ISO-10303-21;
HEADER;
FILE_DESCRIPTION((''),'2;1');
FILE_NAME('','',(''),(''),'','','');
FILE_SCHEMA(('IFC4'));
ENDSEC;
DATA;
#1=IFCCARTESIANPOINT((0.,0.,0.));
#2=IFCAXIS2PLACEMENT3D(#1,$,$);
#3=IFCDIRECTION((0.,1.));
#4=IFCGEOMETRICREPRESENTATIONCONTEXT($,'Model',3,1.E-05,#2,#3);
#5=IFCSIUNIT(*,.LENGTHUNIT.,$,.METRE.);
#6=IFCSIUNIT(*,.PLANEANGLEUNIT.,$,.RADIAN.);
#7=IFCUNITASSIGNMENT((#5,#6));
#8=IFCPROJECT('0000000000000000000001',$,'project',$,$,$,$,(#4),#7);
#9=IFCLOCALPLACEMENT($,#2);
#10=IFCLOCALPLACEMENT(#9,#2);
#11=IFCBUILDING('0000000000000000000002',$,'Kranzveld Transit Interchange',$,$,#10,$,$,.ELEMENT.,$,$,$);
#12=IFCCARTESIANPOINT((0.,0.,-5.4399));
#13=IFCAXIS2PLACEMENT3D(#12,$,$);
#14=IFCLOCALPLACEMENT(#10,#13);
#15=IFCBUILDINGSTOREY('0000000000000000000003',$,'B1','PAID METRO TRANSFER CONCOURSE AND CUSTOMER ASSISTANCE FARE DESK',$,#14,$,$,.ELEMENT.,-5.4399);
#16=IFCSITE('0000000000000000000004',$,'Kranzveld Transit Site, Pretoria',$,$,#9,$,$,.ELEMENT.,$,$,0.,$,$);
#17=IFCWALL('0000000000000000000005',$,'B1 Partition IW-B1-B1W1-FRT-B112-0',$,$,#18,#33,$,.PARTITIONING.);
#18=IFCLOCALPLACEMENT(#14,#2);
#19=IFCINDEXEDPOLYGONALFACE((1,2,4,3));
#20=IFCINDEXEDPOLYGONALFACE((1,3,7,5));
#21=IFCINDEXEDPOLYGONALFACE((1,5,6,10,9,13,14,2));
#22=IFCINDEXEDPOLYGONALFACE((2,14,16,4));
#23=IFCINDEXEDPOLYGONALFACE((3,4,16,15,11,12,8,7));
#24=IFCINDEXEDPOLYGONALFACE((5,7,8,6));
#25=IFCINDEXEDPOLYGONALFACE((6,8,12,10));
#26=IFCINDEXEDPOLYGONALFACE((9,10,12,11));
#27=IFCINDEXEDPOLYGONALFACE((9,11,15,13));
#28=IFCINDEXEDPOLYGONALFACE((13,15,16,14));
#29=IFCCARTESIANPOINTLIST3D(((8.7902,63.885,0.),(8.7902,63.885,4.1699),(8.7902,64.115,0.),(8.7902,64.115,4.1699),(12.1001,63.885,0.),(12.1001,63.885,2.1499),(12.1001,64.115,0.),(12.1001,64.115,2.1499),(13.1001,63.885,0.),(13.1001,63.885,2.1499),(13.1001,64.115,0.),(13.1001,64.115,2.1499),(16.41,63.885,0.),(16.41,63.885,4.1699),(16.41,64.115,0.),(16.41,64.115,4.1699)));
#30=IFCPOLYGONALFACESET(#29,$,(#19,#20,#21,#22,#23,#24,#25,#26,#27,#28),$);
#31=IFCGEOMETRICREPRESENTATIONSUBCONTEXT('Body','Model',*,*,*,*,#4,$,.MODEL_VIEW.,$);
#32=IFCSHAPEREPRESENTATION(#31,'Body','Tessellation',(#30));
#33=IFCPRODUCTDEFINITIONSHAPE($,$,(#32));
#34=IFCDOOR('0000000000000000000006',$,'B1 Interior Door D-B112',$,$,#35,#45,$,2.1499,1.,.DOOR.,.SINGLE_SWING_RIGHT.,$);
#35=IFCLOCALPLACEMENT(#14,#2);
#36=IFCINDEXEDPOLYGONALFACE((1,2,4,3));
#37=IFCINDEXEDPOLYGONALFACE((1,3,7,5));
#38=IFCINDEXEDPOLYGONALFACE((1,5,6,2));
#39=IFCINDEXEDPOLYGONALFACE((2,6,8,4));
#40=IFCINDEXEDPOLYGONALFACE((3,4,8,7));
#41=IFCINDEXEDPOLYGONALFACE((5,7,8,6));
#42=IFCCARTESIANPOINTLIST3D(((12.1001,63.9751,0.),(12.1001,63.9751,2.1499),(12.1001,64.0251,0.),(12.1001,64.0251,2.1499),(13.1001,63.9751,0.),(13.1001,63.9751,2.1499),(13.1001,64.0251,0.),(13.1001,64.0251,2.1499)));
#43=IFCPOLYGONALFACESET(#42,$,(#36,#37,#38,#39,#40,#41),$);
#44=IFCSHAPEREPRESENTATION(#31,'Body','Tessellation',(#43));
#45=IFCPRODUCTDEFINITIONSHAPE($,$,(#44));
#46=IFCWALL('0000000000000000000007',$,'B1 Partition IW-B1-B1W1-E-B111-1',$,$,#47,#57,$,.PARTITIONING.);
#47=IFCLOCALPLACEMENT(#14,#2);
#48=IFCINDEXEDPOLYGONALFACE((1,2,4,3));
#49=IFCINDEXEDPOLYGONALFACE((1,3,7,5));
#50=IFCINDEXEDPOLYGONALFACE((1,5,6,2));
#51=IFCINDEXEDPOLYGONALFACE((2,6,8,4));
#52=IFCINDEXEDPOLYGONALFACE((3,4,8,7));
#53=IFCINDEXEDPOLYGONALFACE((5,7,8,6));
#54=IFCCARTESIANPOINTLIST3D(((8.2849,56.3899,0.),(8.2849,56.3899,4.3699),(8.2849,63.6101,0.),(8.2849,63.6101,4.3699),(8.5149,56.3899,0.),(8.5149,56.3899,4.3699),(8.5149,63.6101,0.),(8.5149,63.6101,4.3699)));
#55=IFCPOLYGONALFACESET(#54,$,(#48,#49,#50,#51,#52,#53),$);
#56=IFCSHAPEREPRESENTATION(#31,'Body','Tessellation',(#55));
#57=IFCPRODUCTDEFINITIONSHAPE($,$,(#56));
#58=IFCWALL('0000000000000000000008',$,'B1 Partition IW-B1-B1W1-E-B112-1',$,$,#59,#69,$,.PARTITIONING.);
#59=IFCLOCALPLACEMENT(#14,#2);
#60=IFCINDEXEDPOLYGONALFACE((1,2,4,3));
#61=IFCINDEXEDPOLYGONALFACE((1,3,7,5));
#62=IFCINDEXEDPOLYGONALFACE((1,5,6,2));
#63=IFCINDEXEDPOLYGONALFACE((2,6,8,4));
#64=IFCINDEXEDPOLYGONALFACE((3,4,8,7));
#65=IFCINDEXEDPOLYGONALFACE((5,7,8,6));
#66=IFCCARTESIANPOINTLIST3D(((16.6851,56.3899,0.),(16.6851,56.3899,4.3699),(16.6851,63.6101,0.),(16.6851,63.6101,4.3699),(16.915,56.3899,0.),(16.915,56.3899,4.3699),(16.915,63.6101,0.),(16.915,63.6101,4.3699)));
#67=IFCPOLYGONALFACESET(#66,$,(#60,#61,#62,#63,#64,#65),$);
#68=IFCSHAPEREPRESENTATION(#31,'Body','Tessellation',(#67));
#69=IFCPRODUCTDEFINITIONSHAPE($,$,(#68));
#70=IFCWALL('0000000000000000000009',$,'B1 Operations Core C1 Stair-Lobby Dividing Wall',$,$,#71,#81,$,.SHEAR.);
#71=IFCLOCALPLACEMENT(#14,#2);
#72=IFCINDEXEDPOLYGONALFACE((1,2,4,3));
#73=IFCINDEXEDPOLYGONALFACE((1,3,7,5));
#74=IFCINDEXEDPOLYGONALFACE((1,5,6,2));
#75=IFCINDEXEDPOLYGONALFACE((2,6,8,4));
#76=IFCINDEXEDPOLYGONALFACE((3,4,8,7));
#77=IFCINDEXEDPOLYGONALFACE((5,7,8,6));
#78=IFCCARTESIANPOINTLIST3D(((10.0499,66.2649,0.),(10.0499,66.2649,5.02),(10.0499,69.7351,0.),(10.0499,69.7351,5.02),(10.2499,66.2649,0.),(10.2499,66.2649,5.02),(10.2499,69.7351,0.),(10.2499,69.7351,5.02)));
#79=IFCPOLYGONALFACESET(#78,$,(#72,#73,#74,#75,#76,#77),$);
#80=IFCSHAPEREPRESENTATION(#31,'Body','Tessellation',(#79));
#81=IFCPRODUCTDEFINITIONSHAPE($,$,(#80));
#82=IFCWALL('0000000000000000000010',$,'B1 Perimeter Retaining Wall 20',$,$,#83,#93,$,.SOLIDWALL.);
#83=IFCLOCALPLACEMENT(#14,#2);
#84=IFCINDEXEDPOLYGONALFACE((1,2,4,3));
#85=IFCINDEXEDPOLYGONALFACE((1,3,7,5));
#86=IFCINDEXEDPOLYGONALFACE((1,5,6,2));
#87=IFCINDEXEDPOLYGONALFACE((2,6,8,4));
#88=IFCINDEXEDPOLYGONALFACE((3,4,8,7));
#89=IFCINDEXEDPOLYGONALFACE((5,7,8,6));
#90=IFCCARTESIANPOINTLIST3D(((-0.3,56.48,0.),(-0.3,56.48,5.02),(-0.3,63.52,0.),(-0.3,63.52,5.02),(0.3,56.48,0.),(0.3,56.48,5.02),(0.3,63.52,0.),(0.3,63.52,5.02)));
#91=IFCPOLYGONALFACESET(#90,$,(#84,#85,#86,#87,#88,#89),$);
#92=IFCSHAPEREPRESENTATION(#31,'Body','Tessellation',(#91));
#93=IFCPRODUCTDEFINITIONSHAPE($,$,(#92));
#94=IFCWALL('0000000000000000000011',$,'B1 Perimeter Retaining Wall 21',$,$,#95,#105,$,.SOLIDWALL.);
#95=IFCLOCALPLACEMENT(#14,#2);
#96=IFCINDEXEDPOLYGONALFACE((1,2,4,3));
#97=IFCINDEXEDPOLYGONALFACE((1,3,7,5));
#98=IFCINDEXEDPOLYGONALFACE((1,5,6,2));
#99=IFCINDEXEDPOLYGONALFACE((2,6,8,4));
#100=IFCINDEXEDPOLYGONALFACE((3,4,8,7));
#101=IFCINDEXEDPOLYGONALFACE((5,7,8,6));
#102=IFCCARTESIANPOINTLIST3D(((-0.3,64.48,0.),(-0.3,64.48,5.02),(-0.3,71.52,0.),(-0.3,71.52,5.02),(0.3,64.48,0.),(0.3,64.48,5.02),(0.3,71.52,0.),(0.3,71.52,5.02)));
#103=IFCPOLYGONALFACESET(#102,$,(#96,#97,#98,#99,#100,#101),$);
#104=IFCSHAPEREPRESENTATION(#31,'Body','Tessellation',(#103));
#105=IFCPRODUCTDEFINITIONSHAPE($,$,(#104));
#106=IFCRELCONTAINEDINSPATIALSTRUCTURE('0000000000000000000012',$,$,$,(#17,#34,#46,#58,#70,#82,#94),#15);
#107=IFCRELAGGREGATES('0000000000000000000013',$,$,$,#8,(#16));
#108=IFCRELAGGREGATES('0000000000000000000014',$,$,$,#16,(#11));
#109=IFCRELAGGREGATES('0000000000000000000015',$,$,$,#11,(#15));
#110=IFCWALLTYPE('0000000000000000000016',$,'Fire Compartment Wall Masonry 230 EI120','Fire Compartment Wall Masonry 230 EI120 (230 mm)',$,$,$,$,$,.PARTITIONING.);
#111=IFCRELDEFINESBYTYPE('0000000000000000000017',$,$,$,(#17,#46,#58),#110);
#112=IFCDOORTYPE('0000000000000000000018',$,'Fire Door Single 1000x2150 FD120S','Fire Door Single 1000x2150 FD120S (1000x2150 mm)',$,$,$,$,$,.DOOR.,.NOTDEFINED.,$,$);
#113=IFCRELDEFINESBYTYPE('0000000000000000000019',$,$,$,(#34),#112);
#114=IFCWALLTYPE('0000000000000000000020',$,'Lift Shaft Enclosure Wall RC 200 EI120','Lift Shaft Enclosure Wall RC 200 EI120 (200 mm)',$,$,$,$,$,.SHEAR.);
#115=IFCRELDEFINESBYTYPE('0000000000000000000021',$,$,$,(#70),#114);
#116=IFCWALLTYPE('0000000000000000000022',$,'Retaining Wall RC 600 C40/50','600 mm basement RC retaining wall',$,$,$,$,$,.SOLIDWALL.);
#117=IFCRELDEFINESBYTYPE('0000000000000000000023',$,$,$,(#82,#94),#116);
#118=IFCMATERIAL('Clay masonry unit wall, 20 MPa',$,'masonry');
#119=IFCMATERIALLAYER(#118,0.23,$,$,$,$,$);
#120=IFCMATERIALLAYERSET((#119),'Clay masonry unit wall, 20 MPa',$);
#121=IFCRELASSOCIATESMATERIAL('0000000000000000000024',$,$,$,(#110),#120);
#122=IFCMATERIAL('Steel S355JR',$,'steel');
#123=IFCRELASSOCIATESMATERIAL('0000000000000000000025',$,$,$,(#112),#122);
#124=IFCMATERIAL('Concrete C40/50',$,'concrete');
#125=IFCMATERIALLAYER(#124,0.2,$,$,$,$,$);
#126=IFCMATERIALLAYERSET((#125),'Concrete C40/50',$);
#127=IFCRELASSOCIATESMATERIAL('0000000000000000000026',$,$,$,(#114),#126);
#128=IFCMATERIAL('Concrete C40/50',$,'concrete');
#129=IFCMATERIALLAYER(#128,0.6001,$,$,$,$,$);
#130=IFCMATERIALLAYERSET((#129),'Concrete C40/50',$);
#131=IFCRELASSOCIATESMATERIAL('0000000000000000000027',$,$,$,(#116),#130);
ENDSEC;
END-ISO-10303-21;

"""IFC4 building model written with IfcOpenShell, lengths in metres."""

from ifc_helpers import new_model, si_unit, direction, frame, frame_2d, origin, place, context, subcontext, project, spatial, rectangle, extrude, material, layer, layer_set, type_object, element, fill, save


model = new_model("IFC4")

# Units and contexts
model_context = context("Model", 3, precision=1e-05, world=origin(), true_north=direction((0.0, 1.0)))
body_context = subcontext(model_context, "Body", "Model", "MODEL_VIEW")
ifc_project = project(units=[si_unit("LENGTHUNIT", "METRE"), si_unit("PLANEANGLEUNIT", "RADIAN")], contexts=[model_context])

# Site, building, storey
site_placement = place(None, origin())
site = spatial("IfcSite", under=ifc_project, at=site_placement, Name="Kranzveld Transit Site, Pretoria", CompositionType="ELEMENT", RefElevation=0.0)
building_placement = place(site_placement, origin())
building = spatial("IfcBuilding", under=site, at=building_placement, Name="Kranzveld Transit Interchange", CompositionType="ELEMENT")
storey_placement = place(building_placement, frame((0.0, 0.0, -5.4399)))
storey = spatial("IfcBuildingStorey", under=building, at=storey_placement, Name="B1", Description="PAID METRO TRANSFER CONCOURSE AND CUSTOMER ASSISTANCE FARE DESK", CompositionType="ELEMENT", Elevation=-5.4399)

# Wall, opening, door
ifc_material_1 = material(Name="Clay masonry unit wall, 20 MPa", Category="masonry")
ifc_layer_1 = layer(ifc_material_1, 0.23)
ifc_layer_set_1 = layer_set([ifc_layer_1], Name="Clay masonry unit wall, 20 MPa")
wall_type_1 = type_object("IfcWallType", Name="Fire Compartment Wall Masonry 230 EI120", Description="Fire Compartment Wall Masonry 230 EI120 (230 mm)", PredefinedType="PARTITIONING", material=ifc_layer_set_1)
wall_1_placement = place(storey_placement, frame((8.79, 64.0, 0.0), z_axis=(0.0, 0.0, 1.0), x_axis=(1.0, 0.0, 0.0)))
wall_1 = element("IfcWall", 1, at=wall_1_placement, inside=storey, type_object=wall_type_1, Name="B1 Partition IW-B1-B1W1-FRT-B112-0", PredefinedType="PARTITIONING", context=body_context, shape_type="SweptSolid", body=[
    extrude(rectangle(XDim=7.6199, YDim=0.23, at=frame_2d((3.8101, 0.0))), origin(), (0.0, 0.0, 1.0), 4.1699),
])
opening_1_placement = place(wall_1_placement, frame((4.3101, 0.0, 0.0), z_axis=(0.0, 0.0, 1.0), x_axis=(-1.0, 0.0, 0.0)))
opening_1 = element("IfcOpeningElement", 2, at=opening_1_placement, cuts=wall_1, PredefinedType="OPENING", context=body_context, shape_type="SweptSolid", body=[
    extrude(rectangle(XDim=1.0, YDim=2.1499, at=frame_2d((0.5, 1.075))), frame((0.0, 0.125, 0.0), z_axis=(0.0, -1.0, 0.0), x_axis=(1.0, 0.0, 0.0)), (0.0, 0.0, 1.0), 0.25),
])
ifc_material_2 = material(Name="Steel S355JR", Category="steel")
door_type_1 = type_object("IfcDoorType", Name="Fire Door Single 1000x2150 FD120S", Description="Fire Door Single 1000x2150 FD120S (1000x2150 mm)", OperationType="NOTDEFINED", PredefinedType="DOOR", material=ifc_material_2)
door_1_placement = place(opening_1_placement, origin())
door_1 = element("IfcDoor", 3, at=door_1_placement, inside=storey, type_object=door_type_1, Name="B1 Interior Door D-B112", OperationType="SINGLE_SWING_RIGHT", OverallHeight=2.1499, OverallWidth=1.0, PredefinedType="DOOR", context=body_context, shape_type="SweptSolid", body=[
    extrude(rectangle(XDim=1.0, YDim=2.1499, at=frame_2d((0.5, 1.075))), frame((0.0, 0.0249, 0.0), z_axis=(0.0, -1.0, 0.0), x_axis=(1.0, 0.0, 0.0)), (0.0, 0.0, 1.0), 0.05),
])
fill(opening_1, door_1)

# Walls
for number, where, z_axis, x_axis, name in (
    (4, (8.3999, 56.3899, 0.0), (0.0, 0.0, 1.0), (0.0, 1.0, 0.0), "B1 Partition IW-B1-B1W1-E-B111-1"),
    (5, (16.8, 56.3899, 0.0), (0.0, 0.0, 1.0), (0.0, 1.0, 0.0), "B1 Partition IW-B1-B1W1-E-B112-1"),
):
    element("IfcWall", number, at=place(storey_placement, frame(where, z_axis=z_axis, x_axis=x_axis)), inside=storey, type_object=wall_type_1, Name=name, PredefinedType="PARTITIONING", context=body_context, shape_type="SweptSolid", body=[
        extrude(rectangle(XDim=7.2202, YDim=0.23, at=frame_2d((3.6101, 0.0))), origin(), (0.0, 0.0, 1.0), 4.3699),
    ])
ifc_material_3 = material(Name="Concrete C40/50", Category="concrete")
ifc_layer_2 = layer(ifc_material_3, 0.2)
ifc_layer_set_2 = layer_set([ifc_layer_2], Name="Concrete C40/50")
wall_type_2 = type_object("IfcWallType", Name="Lift Shaft Enclosure Wall RC 200 EI120", Description="Lift Shaft Enclosure Wall RC 200 EI120 (200 mm)", PredefinedType="SHEAR", material=ifc_layer_set_2)
wall_2_placement = place(storey_placement, frame((10.1499, 66.2649, 0.0), z_axis=(0.0, 0.0, 1.0), x_axis=(0.0, 1.0, 0.0)))
element("IfcWall", 6, at=wall_2_placement, inside=storey, type_object=wall_type_2, Name="B1 Operations Core C1 Stair-Lobby Dividing Wall", PredefinedType="SHEAR", context=body_context, shape_type="SweptSolid", body=[
    extrude(rectangle(XDim=3.4702, YDim=0.2, at=frame_2d((1.7351, 0.0))), origin(), (0.0, 0.0, 1.0), 5.02),
])
ifc_material_4 = material(Name="Concrete C40/50", Category="concrete")
ifc_layer_3 = layer(ifc_material_4, 0.6001)
ifc_layer_set_3 = layer_set([ifc_layer_3], Name="Concrete C40/50")
wall_type_3 = type_object("IfcWallType", Name="Retaining Wall RC 600 C40/50", Description="600 mm basement RC retaining wall", PredefinedType="SOLIDWALL", material=ifc_layer_set_3)
for number, where, z_axis, x_axis, name in (
    (7, (0.0, 56.48, 0.0), (0.0, 0.0, 1.0), (0.0, 1.0, 0.0), "B1 Perimeter Retaining Wall 20"),
    (8, (0.0, 64.48, 0.0), (0.0, 0.0, 1.0), (0.0, 1.0, 0.0), "B1 Perimeter Retaining Wall 21"),
):
    element("IfcWall", number, at=place(storey_placement, frame(where, z_axis=z_axis, x_axis=x_axis)), inside=storey, type_object=wall_type_3, Name=name, PredefinedType="SOLIDWALL", context=body_context, shape_type="SweptSolid", body=[
        extrude(rectangle(XDim=7.04, YDim=0.6001, at=frame_2d((3.52, 0.0))), origin(), (0.0, 0.0, 1.0), 5.02),
    ])

save(model, "model.ifc")
